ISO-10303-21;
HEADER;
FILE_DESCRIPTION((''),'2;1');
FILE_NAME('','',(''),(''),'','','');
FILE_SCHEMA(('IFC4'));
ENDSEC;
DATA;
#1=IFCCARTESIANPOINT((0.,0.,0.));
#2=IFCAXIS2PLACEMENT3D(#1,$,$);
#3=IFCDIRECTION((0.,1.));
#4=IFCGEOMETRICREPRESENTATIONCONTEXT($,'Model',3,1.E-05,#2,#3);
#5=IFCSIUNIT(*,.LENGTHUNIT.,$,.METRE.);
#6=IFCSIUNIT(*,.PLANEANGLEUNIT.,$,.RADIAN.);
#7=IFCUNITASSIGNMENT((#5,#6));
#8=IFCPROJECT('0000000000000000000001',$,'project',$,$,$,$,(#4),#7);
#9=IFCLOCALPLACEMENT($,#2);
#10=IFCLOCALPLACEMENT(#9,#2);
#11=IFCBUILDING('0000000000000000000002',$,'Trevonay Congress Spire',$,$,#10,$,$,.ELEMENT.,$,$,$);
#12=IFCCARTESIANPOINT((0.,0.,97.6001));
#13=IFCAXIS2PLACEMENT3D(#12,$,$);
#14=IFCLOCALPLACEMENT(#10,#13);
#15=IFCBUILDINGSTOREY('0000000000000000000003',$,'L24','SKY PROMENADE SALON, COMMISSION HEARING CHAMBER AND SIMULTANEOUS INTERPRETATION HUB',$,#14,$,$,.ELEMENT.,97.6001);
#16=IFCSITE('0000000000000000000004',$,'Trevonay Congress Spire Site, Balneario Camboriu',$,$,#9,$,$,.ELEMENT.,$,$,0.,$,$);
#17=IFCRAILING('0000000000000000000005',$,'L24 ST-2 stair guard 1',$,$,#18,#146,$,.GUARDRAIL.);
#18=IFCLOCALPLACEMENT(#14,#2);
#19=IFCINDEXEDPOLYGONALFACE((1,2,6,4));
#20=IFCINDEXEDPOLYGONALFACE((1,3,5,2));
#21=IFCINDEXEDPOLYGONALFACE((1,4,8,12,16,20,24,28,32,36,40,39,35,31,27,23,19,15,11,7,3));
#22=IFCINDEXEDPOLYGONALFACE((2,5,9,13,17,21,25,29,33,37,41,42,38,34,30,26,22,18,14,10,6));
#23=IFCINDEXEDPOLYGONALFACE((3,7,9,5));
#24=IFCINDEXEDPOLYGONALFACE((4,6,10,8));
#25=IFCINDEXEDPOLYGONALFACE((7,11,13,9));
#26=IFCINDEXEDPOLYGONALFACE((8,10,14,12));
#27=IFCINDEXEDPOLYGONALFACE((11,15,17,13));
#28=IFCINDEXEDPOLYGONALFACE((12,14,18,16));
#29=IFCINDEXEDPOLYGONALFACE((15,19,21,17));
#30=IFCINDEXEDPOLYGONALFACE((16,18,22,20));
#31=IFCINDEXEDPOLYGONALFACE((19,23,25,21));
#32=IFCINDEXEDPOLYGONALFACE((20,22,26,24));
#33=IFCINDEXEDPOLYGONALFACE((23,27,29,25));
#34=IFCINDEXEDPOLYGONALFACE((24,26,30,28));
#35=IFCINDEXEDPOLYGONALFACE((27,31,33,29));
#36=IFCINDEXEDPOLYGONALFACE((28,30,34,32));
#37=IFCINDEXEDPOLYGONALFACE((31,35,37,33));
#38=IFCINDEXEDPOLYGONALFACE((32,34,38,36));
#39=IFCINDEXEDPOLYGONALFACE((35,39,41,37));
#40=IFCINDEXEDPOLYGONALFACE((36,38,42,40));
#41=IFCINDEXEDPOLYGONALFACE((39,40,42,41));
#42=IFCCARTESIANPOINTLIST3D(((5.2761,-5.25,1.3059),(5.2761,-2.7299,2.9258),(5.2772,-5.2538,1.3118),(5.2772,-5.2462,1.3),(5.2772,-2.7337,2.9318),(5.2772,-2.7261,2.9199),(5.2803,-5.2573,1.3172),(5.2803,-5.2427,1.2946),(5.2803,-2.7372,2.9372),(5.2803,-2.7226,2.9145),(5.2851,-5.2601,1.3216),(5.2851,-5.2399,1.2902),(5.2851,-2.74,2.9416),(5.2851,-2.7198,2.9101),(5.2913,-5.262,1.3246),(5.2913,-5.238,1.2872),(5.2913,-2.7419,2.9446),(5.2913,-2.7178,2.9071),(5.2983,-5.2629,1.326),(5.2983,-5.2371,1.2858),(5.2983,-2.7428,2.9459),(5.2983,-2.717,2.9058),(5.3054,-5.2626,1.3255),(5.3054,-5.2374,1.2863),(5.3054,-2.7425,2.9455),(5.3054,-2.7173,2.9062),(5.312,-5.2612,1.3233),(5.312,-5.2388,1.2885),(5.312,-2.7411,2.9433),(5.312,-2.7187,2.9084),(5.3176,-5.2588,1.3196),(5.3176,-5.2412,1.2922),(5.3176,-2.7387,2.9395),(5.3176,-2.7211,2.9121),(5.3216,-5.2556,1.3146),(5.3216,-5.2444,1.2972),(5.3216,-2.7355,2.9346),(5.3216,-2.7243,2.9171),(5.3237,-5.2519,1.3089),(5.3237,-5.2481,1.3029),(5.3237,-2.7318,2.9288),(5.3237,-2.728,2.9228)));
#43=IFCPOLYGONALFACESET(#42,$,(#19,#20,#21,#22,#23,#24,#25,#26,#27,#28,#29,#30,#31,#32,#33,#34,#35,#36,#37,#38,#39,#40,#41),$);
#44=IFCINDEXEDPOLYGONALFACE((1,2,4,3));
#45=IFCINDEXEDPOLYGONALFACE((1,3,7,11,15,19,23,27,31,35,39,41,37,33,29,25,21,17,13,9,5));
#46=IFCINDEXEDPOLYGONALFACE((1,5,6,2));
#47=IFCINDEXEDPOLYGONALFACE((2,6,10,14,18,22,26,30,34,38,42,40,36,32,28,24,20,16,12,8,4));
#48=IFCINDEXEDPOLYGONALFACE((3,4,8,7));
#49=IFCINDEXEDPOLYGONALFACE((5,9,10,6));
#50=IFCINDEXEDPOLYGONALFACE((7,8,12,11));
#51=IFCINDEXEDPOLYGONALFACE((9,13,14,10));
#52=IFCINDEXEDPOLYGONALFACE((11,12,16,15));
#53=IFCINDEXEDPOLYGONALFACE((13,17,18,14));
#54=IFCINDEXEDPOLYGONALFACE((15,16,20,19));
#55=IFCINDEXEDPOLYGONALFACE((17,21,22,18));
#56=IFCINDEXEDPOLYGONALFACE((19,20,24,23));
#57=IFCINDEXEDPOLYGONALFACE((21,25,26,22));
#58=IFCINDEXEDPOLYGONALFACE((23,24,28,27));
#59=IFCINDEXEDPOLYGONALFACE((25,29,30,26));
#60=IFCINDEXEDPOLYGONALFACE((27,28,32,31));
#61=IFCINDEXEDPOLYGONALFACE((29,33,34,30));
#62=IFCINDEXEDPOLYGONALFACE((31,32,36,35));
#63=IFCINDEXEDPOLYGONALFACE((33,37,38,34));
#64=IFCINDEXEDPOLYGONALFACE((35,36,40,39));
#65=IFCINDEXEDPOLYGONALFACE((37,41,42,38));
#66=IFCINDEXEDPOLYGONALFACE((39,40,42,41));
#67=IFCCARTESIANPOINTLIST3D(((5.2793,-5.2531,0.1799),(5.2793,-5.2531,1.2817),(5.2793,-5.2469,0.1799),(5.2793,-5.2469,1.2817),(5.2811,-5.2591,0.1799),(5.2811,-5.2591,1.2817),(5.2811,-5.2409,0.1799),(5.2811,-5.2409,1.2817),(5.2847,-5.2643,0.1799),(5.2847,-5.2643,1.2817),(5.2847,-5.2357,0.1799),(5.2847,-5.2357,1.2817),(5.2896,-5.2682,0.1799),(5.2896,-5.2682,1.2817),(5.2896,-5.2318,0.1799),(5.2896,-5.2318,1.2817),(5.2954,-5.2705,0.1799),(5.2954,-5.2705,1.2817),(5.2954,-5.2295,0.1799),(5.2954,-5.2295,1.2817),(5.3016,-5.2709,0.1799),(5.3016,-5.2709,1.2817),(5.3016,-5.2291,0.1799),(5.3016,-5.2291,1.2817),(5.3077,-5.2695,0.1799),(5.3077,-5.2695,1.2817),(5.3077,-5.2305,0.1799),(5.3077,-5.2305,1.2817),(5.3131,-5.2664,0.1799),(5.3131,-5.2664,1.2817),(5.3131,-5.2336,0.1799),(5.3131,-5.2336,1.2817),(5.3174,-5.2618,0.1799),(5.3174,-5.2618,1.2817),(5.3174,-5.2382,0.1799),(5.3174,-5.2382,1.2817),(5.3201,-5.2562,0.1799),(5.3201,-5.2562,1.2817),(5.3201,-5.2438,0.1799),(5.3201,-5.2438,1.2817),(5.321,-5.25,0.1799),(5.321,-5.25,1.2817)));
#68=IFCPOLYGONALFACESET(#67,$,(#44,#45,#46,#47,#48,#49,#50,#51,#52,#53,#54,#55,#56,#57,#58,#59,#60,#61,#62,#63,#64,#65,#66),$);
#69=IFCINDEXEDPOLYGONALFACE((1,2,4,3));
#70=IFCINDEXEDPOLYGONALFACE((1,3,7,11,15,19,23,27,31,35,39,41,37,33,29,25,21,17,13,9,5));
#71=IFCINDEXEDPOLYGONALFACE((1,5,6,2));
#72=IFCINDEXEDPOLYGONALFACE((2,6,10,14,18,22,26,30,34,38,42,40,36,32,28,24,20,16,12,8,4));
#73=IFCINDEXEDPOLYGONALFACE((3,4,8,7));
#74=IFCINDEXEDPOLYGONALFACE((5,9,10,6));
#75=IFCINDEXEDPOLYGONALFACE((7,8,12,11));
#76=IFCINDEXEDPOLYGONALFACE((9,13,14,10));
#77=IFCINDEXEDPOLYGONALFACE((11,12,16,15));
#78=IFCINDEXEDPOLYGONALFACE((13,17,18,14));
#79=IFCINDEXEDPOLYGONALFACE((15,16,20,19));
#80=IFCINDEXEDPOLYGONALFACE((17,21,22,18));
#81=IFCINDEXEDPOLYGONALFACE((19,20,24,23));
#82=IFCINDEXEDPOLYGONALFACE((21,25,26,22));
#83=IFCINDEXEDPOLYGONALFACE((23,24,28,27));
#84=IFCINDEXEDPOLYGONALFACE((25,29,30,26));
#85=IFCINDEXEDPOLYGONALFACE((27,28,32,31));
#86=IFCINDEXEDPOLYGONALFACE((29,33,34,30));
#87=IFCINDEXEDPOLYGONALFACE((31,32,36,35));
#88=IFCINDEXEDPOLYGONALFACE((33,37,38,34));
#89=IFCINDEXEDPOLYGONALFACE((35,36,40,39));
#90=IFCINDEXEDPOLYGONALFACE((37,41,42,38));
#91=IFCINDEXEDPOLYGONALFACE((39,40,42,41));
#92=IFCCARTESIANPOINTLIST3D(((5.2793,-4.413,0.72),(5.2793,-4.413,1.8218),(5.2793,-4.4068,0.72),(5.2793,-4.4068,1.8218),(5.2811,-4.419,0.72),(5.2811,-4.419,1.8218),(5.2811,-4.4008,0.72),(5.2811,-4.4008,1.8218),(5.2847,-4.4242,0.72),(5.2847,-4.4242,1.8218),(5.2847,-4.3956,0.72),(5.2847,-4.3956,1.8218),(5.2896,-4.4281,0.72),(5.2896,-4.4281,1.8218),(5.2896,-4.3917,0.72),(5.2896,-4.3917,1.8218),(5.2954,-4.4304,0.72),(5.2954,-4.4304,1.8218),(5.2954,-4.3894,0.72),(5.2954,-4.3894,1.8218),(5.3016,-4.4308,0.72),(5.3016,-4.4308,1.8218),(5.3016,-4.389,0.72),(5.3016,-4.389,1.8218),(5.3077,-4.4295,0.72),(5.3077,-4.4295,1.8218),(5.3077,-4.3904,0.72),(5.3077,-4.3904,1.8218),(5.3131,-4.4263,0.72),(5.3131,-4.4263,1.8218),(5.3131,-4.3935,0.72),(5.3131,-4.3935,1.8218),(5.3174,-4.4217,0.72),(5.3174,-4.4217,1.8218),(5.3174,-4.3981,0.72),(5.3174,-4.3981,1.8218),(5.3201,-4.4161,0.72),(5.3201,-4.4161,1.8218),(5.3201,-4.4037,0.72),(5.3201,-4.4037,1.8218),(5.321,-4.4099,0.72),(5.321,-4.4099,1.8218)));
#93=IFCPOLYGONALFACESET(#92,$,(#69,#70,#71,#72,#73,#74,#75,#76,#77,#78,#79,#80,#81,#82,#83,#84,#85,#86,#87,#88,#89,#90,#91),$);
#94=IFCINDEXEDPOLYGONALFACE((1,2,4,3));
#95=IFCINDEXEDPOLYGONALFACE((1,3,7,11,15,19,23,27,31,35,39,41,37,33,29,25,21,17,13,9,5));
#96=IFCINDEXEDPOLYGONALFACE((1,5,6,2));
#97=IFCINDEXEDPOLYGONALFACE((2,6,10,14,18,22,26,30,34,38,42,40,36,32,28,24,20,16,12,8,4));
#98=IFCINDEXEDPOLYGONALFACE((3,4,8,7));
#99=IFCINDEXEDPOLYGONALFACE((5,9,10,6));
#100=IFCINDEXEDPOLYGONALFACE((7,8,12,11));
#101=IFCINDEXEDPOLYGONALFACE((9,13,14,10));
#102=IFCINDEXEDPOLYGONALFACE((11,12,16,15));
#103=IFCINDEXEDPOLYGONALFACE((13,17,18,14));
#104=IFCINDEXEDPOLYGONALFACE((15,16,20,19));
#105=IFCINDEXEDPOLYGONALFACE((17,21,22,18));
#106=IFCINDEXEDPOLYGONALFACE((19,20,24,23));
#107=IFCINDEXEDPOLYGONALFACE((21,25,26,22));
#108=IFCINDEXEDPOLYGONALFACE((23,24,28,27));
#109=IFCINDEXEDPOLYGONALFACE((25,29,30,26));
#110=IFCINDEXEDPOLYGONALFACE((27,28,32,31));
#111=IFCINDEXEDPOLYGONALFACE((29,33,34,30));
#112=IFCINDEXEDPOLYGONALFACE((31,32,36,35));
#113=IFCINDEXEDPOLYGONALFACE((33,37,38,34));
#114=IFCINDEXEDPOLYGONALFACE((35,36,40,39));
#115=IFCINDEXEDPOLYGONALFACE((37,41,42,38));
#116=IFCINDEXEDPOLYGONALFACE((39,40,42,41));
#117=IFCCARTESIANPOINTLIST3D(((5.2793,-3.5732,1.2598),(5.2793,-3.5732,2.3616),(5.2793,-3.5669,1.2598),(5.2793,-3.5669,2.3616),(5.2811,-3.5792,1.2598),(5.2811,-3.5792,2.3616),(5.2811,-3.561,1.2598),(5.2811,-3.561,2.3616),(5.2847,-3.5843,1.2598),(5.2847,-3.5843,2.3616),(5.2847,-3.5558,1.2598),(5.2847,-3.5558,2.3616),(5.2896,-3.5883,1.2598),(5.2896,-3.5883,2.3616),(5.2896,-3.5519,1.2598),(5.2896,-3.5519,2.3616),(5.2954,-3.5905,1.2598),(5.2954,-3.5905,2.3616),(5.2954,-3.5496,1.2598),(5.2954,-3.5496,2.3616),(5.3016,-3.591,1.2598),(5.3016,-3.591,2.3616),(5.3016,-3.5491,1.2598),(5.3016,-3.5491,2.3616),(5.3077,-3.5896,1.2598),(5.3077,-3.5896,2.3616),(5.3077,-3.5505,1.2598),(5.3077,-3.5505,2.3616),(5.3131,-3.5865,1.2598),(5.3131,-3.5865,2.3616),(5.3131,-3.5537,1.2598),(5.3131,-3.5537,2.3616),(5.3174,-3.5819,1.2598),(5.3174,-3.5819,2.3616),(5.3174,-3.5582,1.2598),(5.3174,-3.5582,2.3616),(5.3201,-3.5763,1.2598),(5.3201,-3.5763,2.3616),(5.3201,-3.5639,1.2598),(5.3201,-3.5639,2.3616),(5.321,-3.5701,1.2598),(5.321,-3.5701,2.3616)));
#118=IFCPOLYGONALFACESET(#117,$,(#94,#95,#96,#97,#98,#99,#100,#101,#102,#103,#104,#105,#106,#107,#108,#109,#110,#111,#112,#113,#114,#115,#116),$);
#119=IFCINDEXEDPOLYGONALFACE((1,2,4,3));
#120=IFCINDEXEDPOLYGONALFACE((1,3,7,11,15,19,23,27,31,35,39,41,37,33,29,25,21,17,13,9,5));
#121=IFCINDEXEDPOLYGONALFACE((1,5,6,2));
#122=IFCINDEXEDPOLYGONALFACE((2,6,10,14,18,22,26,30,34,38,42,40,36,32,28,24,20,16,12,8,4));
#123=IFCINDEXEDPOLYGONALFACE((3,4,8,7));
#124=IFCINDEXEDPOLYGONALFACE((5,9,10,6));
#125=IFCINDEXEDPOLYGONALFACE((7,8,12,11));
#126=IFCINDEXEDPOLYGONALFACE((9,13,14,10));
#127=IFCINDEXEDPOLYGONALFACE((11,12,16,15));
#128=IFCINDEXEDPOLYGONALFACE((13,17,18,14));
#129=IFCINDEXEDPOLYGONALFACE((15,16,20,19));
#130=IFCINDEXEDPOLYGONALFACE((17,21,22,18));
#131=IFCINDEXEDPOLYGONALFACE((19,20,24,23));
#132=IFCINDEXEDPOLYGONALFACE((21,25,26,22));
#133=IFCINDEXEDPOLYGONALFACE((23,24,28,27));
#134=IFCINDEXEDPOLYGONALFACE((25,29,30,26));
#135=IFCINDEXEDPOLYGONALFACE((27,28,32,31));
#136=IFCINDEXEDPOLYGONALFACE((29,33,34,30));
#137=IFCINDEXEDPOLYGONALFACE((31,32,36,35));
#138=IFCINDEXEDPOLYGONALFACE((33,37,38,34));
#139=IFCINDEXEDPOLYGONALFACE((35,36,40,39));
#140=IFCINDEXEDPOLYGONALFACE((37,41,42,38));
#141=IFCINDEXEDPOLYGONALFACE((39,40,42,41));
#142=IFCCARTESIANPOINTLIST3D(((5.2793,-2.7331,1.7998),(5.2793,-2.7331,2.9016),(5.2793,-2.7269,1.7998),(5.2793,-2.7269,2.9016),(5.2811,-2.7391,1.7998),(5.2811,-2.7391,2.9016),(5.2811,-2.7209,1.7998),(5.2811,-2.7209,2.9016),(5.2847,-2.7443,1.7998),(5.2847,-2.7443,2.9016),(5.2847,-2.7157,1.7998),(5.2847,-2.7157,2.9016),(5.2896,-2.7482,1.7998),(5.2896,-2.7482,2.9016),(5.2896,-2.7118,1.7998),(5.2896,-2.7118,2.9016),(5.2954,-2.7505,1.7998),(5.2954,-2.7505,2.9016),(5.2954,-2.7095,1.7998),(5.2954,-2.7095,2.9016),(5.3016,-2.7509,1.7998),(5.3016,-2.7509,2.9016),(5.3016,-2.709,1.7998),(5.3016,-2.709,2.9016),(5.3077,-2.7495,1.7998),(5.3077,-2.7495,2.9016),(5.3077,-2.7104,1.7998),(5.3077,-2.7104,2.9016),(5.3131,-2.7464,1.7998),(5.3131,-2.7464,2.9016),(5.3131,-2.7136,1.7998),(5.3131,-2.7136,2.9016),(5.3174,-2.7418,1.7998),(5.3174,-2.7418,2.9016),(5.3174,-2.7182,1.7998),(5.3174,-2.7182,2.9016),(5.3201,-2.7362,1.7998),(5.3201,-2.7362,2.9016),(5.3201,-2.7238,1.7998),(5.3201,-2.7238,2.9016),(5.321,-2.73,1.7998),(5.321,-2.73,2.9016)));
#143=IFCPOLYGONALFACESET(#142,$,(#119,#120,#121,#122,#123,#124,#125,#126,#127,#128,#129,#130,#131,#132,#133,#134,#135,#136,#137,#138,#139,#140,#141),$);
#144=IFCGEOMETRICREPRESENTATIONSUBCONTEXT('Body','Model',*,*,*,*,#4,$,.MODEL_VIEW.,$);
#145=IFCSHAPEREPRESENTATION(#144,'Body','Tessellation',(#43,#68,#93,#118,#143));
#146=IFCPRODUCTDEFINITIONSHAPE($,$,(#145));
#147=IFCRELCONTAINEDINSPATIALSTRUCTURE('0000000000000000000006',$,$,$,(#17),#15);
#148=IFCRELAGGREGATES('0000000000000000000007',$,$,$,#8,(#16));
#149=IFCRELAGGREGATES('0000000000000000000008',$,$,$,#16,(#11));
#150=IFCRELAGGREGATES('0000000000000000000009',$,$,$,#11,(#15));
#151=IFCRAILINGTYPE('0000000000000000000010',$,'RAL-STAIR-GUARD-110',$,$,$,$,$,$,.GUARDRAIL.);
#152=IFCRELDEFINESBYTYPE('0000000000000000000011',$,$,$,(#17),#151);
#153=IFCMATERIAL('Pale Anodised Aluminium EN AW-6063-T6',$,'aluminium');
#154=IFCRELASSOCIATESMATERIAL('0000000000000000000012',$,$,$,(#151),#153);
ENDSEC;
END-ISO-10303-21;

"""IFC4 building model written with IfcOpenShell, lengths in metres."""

from ifc_helpers import new_model, si_unit, direction, frame, origin, origin_2d, place, context, subcontext, project, spatial, circle, extrude, material, type_object, element, save


model = new_model("IFC4")

# Units and contexts
model_context = context("Model", 3, precision=1e-05, world=origin(), true_north=direction((0.0, 1.0)))
body_context = subcontext(model_context, "Body", "Model", "MODEL_VIEW")
ifc_project = project(units=[si_unit("LENGTHUNIT", "METRE"), si_unit("PLANEANGLEUNIT", "RADIAN")], contexts=[model_context])

# Site, building, storey
site_placement = place(None, origin())
site = spatial("IfcSite", under=ifc_project, at=site_placement, Name="Trevonay Congress Spire Site, Balneario Camboriu", CompositionType="ELEMENT", RefElevation=0.0)
building_placement = place(site_placement, origin())
building = spatial("IfcBuilding", under=site, at=building_placement, Name="Trevonay Congress Spire", CompositionType="ELEMENT")
storey_placement = place(building_placement, frame((0.0, 0.0, 97.6001)))
storey = spatial("IfcBuildingStorey", under=building, at=storey_placement, Name="L24", Description="SKY PROMENADE SALON, COMMISSION HEARING CHAMBER AND SIMULTANEOUS INTERPRETATION HUB", CompositionType="ELEMENT", Elevation=97.6001)

# Shared definitions
ifc_material_1 = material(Name="Pale Anodised Aluminium EN AW-6063-T6", Category="aluminium")

# Railing
railing_type = type_object("IfcRailingType", Name="RAL-STAIR-GUARD-110", PredefinedType="GUARDRAIL", material=ifc_material_1)
railing_1_placement = place(storey_placement, frame((5.3, -5.25, 0.1799)))
element("IfcRailing", 1, at=railing_1_placement, inside=storey, type_object=railing_type, Name="L24 ST-2 stair guard 1", PredefinedType="GUARDRAIL", context=body_context, shape_type="SweptSolid", body=[
    extrude(circle(Radius=0.0239, at=origin_2d()), frame((0.0, 0.0, 1.126), z_axis=(0.0, 0.8412, 0.540725), x_axis=(-1.0, 0.0, 0.0)), (0.0, 0.0, 1.0), 2.9958),
    extrude(circle(Radius=0.021, at=origin_2d()), origin(), (0.0, 0.0, 1.0), 1.1018),
    extrude(circle(Radius=0.021, at=origin_2d()), frame((0.0, 0.8401, 0.54)), (0.0, 0.0, 1.0), 1.1018),
    extrude(circle(Radius=0.021, at=origin_2d()), frame((0.0, 1.6799, 1.0798)), (0.0, 0.0, 1.0), 1.1018),
    extrude(circle(Radius=0.021, at=origin_2d()), frame((0.0, 2.52, 1.6199)), (0.0, 0.0, 1.0), 1.1018),
])

save(model, "model.ifc")
